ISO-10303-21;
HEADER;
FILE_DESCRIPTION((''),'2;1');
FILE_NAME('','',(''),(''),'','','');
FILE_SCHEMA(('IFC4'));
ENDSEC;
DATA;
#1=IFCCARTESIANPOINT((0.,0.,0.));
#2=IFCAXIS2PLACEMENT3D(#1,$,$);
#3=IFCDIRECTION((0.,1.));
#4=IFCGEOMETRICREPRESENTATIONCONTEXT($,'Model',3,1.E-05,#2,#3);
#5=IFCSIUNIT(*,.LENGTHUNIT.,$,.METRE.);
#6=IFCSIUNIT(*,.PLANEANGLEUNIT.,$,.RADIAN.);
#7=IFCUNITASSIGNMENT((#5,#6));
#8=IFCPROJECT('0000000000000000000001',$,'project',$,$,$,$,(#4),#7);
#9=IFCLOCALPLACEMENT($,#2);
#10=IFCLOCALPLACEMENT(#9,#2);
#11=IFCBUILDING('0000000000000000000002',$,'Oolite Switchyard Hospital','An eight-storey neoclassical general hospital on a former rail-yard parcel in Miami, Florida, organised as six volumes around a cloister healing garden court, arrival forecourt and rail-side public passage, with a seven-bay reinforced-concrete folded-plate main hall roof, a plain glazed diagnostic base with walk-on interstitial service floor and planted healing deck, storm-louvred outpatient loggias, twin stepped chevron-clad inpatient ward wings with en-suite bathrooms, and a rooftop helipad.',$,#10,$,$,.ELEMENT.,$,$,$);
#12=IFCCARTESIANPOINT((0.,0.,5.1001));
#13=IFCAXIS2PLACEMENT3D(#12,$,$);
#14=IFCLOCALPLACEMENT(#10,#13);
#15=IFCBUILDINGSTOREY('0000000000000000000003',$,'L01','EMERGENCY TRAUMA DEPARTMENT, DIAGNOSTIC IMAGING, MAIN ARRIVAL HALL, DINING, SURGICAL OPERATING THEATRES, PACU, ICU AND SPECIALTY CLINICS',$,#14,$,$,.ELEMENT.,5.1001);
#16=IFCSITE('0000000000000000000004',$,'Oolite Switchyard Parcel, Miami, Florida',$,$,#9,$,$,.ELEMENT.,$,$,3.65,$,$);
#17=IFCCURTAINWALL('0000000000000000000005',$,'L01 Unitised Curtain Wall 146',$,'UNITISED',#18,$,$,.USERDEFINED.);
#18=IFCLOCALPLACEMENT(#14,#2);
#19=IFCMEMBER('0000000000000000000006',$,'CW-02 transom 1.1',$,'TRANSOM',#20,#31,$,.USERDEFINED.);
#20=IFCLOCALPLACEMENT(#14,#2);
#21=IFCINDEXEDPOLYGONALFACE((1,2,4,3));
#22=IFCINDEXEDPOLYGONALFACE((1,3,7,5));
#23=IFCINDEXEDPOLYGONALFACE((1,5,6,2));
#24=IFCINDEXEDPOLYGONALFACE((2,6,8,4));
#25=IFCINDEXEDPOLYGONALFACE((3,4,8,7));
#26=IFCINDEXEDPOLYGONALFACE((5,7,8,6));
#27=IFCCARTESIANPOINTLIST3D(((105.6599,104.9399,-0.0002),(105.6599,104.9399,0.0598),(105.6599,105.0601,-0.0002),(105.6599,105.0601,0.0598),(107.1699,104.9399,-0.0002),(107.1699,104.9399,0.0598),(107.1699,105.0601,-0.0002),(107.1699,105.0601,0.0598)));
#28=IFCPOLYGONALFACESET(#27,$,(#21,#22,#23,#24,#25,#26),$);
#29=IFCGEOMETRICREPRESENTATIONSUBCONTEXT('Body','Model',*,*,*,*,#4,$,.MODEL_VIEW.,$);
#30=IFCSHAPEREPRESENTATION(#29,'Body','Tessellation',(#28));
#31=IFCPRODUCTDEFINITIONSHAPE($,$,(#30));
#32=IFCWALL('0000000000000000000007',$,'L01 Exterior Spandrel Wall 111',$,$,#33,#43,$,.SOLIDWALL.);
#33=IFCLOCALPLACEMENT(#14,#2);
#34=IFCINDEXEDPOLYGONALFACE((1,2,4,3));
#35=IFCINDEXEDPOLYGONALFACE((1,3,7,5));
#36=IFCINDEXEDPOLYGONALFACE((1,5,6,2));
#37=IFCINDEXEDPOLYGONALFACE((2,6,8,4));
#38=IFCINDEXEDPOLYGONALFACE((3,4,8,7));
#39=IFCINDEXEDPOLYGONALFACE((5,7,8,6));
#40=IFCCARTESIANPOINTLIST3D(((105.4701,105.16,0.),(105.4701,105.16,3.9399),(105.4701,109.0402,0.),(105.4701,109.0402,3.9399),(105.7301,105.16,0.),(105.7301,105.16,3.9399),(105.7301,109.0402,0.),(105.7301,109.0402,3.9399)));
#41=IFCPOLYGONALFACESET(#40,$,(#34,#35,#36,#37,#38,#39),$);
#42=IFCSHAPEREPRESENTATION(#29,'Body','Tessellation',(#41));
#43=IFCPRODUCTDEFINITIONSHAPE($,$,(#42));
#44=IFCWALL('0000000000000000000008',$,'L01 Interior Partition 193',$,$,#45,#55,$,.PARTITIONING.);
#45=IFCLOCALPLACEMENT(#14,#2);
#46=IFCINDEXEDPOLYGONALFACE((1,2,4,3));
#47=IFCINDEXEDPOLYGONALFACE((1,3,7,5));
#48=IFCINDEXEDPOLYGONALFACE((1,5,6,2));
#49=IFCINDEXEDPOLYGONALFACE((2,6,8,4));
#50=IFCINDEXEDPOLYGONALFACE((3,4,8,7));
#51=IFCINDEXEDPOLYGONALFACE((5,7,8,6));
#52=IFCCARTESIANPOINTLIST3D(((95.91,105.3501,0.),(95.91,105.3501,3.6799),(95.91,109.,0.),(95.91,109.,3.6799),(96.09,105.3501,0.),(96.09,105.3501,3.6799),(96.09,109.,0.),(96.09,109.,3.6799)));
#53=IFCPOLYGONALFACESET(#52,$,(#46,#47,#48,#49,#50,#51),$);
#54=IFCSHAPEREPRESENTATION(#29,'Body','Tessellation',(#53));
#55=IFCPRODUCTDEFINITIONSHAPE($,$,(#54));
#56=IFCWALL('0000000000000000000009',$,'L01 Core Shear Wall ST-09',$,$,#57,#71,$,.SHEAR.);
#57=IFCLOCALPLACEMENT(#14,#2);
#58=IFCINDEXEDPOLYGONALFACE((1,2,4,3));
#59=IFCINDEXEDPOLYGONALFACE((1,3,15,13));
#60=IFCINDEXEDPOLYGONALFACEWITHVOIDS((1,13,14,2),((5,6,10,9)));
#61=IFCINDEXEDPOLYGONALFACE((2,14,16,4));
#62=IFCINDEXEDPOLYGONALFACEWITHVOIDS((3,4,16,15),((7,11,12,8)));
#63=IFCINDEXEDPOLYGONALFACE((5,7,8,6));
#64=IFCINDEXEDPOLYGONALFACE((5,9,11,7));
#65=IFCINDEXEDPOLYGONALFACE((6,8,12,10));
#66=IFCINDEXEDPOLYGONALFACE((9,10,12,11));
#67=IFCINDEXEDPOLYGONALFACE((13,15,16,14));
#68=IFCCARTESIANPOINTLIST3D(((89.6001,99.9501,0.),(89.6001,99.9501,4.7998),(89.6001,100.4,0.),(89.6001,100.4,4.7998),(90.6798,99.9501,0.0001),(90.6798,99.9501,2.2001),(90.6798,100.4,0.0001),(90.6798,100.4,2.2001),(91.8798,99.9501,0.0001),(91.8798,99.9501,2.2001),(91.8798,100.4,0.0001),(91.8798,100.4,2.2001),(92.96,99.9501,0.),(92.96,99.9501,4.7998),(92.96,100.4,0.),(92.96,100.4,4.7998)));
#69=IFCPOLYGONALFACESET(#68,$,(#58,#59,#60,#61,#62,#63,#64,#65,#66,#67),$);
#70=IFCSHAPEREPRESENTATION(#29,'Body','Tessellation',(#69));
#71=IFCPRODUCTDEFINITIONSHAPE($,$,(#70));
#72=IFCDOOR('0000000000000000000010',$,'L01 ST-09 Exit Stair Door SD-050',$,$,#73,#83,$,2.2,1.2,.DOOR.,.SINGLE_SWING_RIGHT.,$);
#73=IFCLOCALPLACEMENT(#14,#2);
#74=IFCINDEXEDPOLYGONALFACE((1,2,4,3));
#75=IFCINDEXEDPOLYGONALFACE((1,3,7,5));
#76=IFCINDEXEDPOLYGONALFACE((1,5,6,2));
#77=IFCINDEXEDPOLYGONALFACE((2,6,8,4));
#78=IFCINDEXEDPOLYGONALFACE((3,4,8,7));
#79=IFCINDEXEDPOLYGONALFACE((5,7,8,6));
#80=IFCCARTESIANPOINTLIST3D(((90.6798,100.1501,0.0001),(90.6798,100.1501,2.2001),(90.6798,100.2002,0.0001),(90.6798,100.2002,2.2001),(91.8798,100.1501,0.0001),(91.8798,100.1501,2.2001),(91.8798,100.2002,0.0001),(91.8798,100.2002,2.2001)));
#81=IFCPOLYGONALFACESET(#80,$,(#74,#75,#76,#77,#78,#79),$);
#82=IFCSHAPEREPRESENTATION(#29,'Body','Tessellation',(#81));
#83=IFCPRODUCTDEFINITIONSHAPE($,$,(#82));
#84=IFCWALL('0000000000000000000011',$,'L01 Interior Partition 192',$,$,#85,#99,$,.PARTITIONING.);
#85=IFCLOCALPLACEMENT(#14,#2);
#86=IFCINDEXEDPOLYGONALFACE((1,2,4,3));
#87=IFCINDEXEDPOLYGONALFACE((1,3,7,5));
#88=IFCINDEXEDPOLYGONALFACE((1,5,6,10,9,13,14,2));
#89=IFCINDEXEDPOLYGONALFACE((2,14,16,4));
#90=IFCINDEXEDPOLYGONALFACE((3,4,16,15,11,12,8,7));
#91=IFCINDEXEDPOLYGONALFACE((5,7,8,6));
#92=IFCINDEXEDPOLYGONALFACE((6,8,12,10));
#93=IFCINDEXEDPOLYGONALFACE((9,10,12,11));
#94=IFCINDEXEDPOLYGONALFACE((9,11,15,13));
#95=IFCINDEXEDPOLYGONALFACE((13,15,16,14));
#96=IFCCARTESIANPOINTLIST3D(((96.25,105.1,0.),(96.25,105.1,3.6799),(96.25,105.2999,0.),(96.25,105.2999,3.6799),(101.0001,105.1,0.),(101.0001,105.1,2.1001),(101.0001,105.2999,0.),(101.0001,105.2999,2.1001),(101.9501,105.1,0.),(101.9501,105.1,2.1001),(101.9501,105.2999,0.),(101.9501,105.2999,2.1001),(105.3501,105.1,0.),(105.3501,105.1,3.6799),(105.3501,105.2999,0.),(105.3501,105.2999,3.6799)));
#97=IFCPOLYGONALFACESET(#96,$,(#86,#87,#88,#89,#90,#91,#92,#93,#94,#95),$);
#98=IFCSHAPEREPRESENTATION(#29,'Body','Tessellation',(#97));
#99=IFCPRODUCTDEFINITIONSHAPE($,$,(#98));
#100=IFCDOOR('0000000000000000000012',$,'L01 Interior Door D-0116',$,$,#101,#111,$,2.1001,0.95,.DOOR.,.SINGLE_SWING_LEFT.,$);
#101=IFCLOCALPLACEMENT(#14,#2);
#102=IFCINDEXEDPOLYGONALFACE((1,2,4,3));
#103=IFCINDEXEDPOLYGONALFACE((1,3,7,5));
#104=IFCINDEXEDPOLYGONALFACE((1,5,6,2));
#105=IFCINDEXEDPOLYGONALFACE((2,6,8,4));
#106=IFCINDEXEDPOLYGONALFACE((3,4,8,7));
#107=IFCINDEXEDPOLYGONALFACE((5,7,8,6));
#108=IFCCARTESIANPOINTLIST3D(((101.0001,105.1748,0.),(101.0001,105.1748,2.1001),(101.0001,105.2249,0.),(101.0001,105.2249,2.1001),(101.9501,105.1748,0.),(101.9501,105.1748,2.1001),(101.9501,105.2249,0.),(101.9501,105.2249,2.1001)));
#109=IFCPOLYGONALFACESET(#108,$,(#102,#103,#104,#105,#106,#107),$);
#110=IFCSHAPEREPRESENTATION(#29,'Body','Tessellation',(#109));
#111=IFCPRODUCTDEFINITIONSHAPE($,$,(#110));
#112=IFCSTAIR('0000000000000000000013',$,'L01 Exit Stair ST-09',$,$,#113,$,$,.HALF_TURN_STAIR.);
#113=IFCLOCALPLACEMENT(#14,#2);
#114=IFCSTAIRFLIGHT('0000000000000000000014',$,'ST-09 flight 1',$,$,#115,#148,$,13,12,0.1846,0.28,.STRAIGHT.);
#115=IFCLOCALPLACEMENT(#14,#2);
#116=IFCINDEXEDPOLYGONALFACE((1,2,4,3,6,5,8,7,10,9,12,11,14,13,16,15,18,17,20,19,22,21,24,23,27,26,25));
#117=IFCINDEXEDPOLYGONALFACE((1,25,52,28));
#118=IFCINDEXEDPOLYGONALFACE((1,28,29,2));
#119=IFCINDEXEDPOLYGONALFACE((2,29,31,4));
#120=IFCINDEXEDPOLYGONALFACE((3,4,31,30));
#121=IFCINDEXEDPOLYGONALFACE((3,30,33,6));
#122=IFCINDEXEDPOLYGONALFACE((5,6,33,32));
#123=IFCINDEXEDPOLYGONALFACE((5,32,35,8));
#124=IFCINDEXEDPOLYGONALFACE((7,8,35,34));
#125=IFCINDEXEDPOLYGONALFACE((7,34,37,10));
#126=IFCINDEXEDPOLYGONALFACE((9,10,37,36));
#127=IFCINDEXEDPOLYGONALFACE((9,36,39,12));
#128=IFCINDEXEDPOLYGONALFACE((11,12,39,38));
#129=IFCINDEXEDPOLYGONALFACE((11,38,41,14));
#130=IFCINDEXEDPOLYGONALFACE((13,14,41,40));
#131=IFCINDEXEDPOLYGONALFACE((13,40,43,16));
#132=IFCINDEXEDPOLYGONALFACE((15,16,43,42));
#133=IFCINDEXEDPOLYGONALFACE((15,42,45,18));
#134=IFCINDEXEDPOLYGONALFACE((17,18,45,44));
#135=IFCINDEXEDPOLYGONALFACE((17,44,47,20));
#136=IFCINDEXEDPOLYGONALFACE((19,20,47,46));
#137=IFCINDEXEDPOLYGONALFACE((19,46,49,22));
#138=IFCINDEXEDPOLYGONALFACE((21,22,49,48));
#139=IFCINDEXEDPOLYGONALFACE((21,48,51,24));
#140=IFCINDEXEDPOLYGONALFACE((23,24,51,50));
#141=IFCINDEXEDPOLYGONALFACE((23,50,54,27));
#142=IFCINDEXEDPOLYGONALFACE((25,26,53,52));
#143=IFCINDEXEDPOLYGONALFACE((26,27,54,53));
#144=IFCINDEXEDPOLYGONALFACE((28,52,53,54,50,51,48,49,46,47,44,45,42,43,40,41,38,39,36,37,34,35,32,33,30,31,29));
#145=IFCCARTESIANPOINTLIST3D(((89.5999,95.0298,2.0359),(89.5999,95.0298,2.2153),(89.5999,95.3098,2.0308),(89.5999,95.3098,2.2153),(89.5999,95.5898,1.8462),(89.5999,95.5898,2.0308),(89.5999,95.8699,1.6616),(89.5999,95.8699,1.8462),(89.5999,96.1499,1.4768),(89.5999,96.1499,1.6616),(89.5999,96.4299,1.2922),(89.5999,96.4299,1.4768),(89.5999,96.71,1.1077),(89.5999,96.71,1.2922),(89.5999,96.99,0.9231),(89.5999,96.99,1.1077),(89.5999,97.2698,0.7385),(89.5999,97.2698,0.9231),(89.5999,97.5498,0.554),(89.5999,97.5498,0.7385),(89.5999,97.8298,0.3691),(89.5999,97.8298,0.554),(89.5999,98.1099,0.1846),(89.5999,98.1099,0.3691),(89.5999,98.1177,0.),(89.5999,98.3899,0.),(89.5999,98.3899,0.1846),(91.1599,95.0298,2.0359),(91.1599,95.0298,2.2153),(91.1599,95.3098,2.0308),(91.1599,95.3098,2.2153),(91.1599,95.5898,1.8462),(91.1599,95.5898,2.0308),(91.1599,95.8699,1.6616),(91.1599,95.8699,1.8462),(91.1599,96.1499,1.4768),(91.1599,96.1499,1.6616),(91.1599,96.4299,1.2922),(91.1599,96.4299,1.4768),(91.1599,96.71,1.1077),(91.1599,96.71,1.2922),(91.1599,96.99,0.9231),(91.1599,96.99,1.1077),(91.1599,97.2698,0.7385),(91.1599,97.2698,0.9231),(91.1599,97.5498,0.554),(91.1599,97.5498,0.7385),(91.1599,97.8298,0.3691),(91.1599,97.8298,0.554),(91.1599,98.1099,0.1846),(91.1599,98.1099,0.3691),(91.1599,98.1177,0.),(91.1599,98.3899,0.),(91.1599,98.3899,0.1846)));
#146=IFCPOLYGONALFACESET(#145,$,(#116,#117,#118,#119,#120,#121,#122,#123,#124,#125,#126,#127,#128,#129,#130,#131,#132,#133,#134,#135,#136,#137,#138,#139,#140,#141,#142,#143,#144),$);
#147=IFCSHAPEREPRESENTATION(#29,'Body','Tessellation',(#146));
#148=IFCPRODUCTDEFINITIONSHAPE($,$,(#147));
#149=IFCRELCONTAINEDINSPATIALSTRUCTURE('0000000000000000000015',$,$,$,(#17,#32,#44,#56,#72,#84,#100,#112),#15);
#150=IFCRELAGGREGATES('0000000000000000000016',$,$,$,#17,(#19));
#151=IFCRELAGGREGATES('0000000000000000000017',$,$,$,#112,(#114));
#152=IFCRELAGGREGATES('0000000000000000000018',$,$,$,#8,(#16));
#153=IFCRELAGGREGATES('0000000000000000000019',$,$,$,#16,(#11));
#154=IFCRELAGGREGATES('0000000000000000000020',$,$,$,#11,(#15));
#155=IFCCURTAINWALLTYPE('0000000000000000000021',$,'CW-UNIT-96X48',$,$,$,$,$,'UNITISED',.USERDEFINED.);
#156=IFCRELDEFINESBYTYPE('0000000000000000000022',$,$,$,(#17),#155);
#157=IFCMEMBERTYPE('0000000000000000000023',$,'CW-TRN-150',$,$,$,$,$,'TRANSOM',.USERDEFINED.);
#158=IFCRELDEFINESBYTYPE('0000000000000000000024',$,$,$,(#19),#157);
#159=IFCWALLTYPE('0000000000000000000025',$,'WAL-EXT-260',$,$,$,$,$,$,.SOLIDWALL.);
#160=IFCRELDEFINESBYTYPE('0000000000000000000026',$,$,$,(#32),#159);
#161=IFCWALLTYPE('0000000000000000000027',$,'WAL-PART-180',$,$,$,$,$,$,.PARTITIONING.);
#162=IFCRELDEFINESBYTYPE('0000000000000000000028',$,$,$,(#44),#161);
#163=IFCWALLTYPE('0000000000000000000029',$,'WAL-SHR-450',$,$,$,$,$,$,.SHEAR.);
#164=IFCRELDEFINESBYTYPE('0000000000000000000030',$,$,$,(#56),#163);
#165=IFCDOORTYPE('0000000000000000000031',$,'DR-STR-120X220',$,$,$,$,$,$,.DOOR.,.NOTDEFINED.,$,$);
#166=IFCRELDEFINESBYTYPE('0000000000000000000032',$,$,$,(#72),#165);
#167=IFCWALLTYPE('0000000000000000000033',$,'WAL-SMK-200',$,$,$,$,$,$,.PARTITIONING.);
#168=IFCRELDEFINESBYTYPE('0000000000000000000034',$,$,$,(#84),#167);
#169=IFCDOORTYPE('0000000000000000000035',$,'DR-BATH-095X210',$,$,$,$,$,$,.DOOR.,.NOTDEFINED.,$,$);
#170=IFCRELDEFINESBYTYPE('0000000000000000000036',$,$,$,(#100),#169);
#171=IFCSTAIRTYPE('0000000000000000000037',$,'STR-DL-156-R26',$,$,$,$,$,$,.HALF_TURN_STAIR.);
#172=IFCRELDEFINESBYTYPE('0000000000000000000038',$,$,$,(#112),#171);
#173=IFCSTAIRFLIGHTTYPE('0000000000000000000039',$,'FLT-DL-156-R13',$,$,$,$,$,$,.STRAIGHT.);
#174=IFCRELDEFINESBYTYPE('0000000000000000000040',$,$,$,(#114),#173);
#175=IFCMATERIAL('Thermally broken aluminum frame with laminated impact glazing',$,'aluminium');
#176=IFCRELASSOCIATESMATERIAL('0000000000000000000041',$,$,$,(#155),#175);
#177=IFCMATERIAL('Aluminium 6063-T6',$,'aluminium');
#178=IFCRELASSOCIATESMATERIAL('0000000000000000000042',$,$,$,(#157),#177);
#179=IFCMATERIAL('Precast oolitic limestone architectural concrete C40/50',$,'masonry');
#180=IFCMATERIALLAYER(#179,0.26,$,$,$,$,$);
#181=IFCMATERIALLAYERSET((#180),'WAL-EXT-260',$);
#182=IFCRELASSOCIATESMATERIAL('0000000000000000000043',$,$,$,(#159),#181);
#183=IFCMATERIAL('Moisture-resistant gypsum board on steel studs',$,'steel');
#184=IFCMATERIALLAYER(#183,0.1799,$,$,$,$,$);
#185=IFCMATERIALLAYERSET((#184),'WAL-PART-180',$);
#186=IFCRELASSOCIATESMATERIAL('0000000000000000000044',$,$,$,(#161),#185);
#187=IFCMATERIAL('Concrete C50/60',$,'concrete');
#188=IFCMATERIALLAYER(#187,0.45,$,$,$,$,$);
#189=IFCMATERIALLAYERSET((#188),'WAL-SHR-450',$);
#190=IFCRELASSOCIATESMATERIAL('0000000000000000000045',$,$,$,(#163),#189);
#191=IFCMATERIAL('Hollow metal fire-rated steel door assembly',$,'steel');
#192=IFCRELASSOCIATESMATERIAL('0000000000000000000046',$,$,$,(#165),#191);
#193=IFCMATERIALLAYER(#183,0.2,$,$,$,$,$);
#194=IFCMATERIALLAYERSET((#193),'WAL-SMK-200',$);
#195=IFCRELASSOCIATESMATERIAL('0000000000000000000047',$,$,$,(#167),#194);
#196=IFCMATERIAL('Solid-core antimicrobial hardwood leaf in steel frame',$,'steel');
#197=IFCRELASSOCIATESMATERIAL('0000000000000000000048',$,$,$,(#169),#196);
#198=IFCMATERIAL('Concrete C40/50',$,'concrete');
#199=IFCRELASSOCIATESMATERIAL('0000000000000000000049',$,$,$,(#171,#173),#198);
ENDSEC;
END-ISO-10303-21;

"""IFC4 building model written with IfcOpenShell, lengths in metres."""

from ifc_helpers import new_model, si_unit, direction, frame, frame_2d, origin, origin_2d, place, context, subcontext, project, spatial, polyline, rectangle, outline, extrude, material, layer, layer_set, material_profile, profile_set, type_object, element, fill, aggregate, save


model = new_model("IFC4")

# Units and contexts
model_context = context("Model", 3, precision=1e-05, world=origin(), true_north=direction((0.0, 1.0)))
body_context = subcontext(model_context, "Body", "Model", "MODEL_VIEW")
ifc_project = project(units=[si_unit("LENGTHUNIT", "METRE"), si_unit("PLANEANGLEUNIT", "RADIAN")], contexts=[model_context])

# Site, building, storey
site_placement = place(None, origin())
site = spatial("IfcSite", under=ifc_project, at=site_placement, Name="Oolite Switchyard Parcel, Miami, Florida", CompositionType="ELEMENT", RefElevation=3.65)
building_placement = place(site_placement, origin())
building = spatial("IfcBuilding", under=site, at=building_placement, Name="Oolite Switchyard Hospital", Description="An eight-storey neoclassical general hospital on a former rail-yard parcel in Miami, Florida, organised as six volumes around a cloister healing garden court, arrival forecourt and rail-side public passage, with a seven-bay reinforced-concrete folded-plate main hall roof, a plain glazed diagnostic base with walk-on interstitial service floor and planted healing deck, storm-louvred outpatient loggias, twin stepped chevron-clad inpatient ward wings with en-suite bathrooms, and a rooftop helipad.", CompositionType="ELEMENT")
storey_placement = place(building_placement, frame((0.0, 0.0, 5.1001)))
storey = spatial("IfcBuildingStorey", under=building, at=storey_placement, Name="L01", Description="EMERGENCY TRAUMA DEPARTMENT, DIAGNOSTIC IMAGING, MAIN ARRIVAL HALL, DINING, SURGICAL OPERATING THEATRES, PACU, ICU AND SPECIALTY CLINICS", CompositionType="ELEMENT", Elevation=5.1001)

# Shared definitions
ifc_material_1 = material(Name="Concrete C50/60", Category="concrete")

# Shared definitions
ifc_material_2 = material(Name="Concrete C40/50", Category="concrete")

# Curtain wall, member
ifc_material_3 = material(Name="Thermally broken aluminum frame with laminated impact glazing", Category="aluminium")
curtain_wall_type = type_object("IfcCurtainWallType", Name="CW-UNIT-96X48", ElementType="UNITISED", PredefinedType="USERDEFINED", material=ifc_material_3)
curtain_wall_placement = place(storey_placement, origin())
curtain_wall = element("IfcCurtainWall", 1, at=curtain_wall_placement, inside=storey, type_object=curtain_wall_type, Name="L01 Unitised Curtain Wall 146", ObjectType="UNITISED", PredefinedType="USERDEFINED")
ifc_material_4 = material(Name="Aluminium 6063-T6", Category="aluminium")
ifc_material_profile_1 = material_profile(ifc_material_4, rectangle(XDim=0.1201, YDim=0.0601, at=origin_2d()), Name="CWT60X120")
ifc_profile_set_1 = profile_set([ifc_material_profile_1], Name="Aluminium 6063-T6")
member_type_1 = type_object("IfcMemberType", Name="CW-TRN-150", ElementType="TRANSOM", PredefinedType="USERDEFINED", material=ifc_profile_set_1)
member_1_placement = place(storey_placement, frame((105.6599, 105.0, 0.0298), z_axis=(1.0, 0.0, 0.0), x_axis=(0.0, 1.0, 0.0)))
member_1 = element("IfcMember", 2, at=member_1_placement, type_object=member_type_1, Name="CW-02 transom 1.1", ObjectType="TRANSOM", PredefinedType="USERDEFINED", context=body_context, shape_type="SweptSolid", body=[
    extrude(rectangle(XDim=0.1201, YDim=0.0601, at=origin_2d()), origin(), (0.0, 0.0, 1.0), 1.51),
])
aggregate(curtain_wall, [member_1])

# Walls
ifc_material_5 = material(Name="Precast oolitic limestone architectural concrete C40/50", Category="masonry")
ifc_layer_1 = layer(ifc_material_5, 0.26)
ifc_layer_set_1 = layer_set([ifc_layer_1], Name="WAL-EXT-260")
wall_type_1 = type_object("IfcWallType", Name="WAL-EXT-260", PredefinedType="SOLIDWALL", material=ifc_layer_set_1)
wall_1_placement = place(storey_placement, frame((105.6001, 109.04, 0.0), z_axis=(0.0, 0.0, 1.0), x_axis=(0.0, -1.0, 0.0)))
element("IfcWall", 3, at=wall_1_placement, inside=storey, type_object=wall_type_1, Name="L01 Exterior Spandrel Wall 111", PredefinedType="SOLIDWALL", context=body_context, shape_type="SweptSolid", body=[
    extrude(rectangle(XDim=3.8801, YDim=0.26, at=frame_2d((1.9399, 0.0))), origin(), (0.0, 0.0, 1.0), 3.9399),
])
ifc_material_6 = material(Name="Moisture-resistant gypsum board on steel studs", Category="steel")
ifc_layer_2 = layer(ifc_material_6, 0.1799)
ifc_layer_set_2 = layer_set([ifc_layer_2], Name="WAL-PART-180")
wall_type_2 = type_object("IfcWallType", Name="WAL-PART-180", PredefinedType="PARTITIONING", material=ifc_layer_set_2)
wall_2_placement = place(storey_placement, frame((96.0, 105.3501, 0.0), z_axis=(0.0, 0.0, 1.0), x_axis=(0.0, 1.0, 0.0)))
element("IfcWall", 4, at=wall_2_placement, inside=storey, type_object=wall_type_2, Name="L01 Interior Partition 193", PredefinedType="PARTITIONING", context=body_context, shape_type="SweptSolid", body=[
    extrude(rectangle(XDim=3.6499, YDim=0.1799, at=frame_2d((1.825, 0.0))), origin(), (0.0, 0.0, 1.0), 3.6799),
])

# Walls, openings, doors
ifc_layer_3 = layer(ifc_material_1, 0.45)
ifc_layer_set_3 = layer_set([ifc_layer_3], Name="WAL-SHR-450")
wall_type_3 = type_object("IfcWallType", Name="WAL-SHR-450", PredefinedType="SHEAR", material=ifc_layer_set_3)
wall_3_placement = place(storey_placement, frame((92.96, 100.175, 0.0), z_axis=(0.0, 0.0, 1.0), x_axis=(-1.0, 0.0, 0.0)))
wall_3 = element("IfcWall", 5, at=wall_3_placement, inside=storey, type_object=wall_type_3, Name="L01 Core Shear Wall ST-09", PredefinedType="SHEAR", context=body_context, shape_type="SweptSolid", body=[
    extrude(rectangle(XDim=3.3599, YDim=0.45, at=frame_2d((1.6799, 0.0))), origin(), (0.0, 0.0, 1.0), 4.7998),
])
opening_1_placement = place(wall_3_placement, frame((1.0801, 0.0, 0.0)))
opening_1 = element("IfcOpeningElement", 6, at=opening_1_placement, cuts=wall_3, PredefinedType="OPENING", context=body_context, shape_type="SweptSolid", body=[
    extrude(rectangle(XDim=1.2, YDim=2.2, at=frame_2d((0.6001, 1.1001))), frame((0.0, 0.2349, 0.0), z_axis=(0.0, -1.0, 0.0), x_axis=(1.0, 0.0, 0.0)), (0.0, 0.0, 1.0), 0.47),
])
ifc_material_7 = material(Name="Hollow metal fire-rated steel door assembly", Category="steel")
door_type_1 = type_object("IfcDoorType", Name="DR-STR-120X220", OperationType="NOTDEFINED", PredefinedType="DOOR", material=ifc_material_7)
door_1_placement = place(opening_1_placement, origin())
door_1 = element("IfcDoor", 7, at=door_1_placement, inside=storey, type_object=door_type_1, Name="L01 ST-09 Exit Stair Door SD-050", OperationType="SINGLE_SWING_RIGHT", OverallHeight=2.2, OverallWidth=1.2, PredefinedType="DOOR", context=body_context, shape_type="SweptSolid", body=[
    extrude(rectangle(XDim=1.2, YDim=2.2, at=frame_2d((0.6001, 1.1001))), frame((0.0, 0.0249, 0.0), z_axis=(0.0, -1.0, 0.0), x_axis=(1.0, 0.0, 0.0)), (0.0, 0.0, 1.0), 0.05),
])
fill(opening_1, door_1)
ifc_layer_4 = layer(ifc_material_6, 0.2)
ifc_layer_set_4 = layer_set([ifc_layer_4], Name="WAL-SMK-200")
wall_type_4 = type_object("IfcWallType", Name="WAL-SMK-200", PredefinedType="PARTITIONING", material=ifc_layer_set_4)
wall_4_placement = place(storey_placement, frame((96.25, 105.2, 0.0), z_axis=(0.0, 0.0, 1.0), x_axis=(1.0, 0.0, 0.0)))
wall_4 = element("IfcWall", 8, at=wall_4_placement, inside=storey, type_object=wall_type_4, Name="L01 Interior Partition 192", PredefinedType="PARTITIONING", context=body_context, shape_type="SweptSolid", body=[
    extrude(rectangle(XDim=9.1001, YDim=0.2, at=frame_2d((4.55, 0.0))), origin(), (0.0, 0.0, 1.0), 3.6799),
])
opening_2_placement = place(wall_4_placement, frame((4.75, 0.0, 0.0)))
opening_2 = element("IfcOpeningElement", 9, at=opening_2_placement, cuts=wall_4, PredefinedType="OPENING", context=body_context, shape_type="SweptSolid", body=[
    extrude(rectangle(XDim=0.95, YDim=2.1001, at=frame_2d((0.4751, 1.05))), frame((0.0, 0.1099, 0.0), z_axis=(0.0, -1.0, 0.0), x_axis=(1.0, 0.0, 0.0)), (0.0, 0.0, 1.0), 0.22),
])
ifc_material_8 = material(Name="Solid-core antimicrobial hardwood leaf in steel frame", Category="steel")
door_type_2 = type_object("IfcDoorType", Name="DR-BATH-095X210", OperationType="NOTDEFINED", PredefinedType="DOOR", material=ifc_material_8)
door_2_placement = place(opening_2_placement, origin())
door_2 = element("IfcDoor", 10, at=door_2_placement, inside=storey, type_object=door_type_2, Name="L01 Interior Door D-0116", OperationType="SINGLE_SWING_LEFT", OverallHeight=2.1001, OverallWidth=0.95, PredefinedType="DOOR", context=body_context, shape_type="SweptSolid", body=[
    extrude(rectangle(XDim=0.95, YDim=2.1001, at=frame_2d((0.4751, 1.05))), frame((0.0, 0.0249, 0.0), z_axis=(0.0, -1.0, 0.0), x_axis=(1.0, 0.0, 0.0)), (0.0, 0.0, 1.0), 0.05),
])
fill(opening_2, door_2)

# Stair, stair flight
stair_type = type_object("IfcStairType", Name="STR-DL-156-R26", PredefinedType="HALF_TURN_STAIR", material=ifc_material_2)
stair_placement = place(storey_placement, origin())
stair = element("IfcStair", 11, at=stair_placement, inside=storey, type_object=stair_type, Name="L01 Exit Stair ST-09", PredefinedType="HALF_TURN_STAIR")
stair_flight_type = type_object("IfcStairFlightType", Name="FLT-DL-156-R13", PredefinedType="STRAIGHT", material=ifc_material_2)
stair_flight_1_placement = place(storey_placement, frame((90.3799, 98.3899, 0.0), z_axis=(0.0, 0.0, 1.0), x_axis=(0.0, -1.0, 0.0)))
stair_flight_1 = element("IfcStairFlight", 12, at=stair_flight_1_placement, type_object=stair_flight_type, Name="ST-09 flight 1", NumberOfRisers=13, NumberOfTreads=12, PredefinedType="STRAIGHT", RiserHeight=0.1846, TreadLength=0.28, context=body_context, shape_type="SweptSolid", body=[
    extrude(outline(polyline([(0.0, 0.0), (0.0, 0.1846), (0.28, 0.1846), (0.28, 0.3691), (0.5601, 0.3691), (0.5601, 0.554), (0.8401, 0.554), (0.8401, 0.7385), (1.1201, 0.7385), (1.1201, 0.9231), (1.3999, 0.9231), (1.3999, 1.1077), (1.6799, 1.1077), (1.6799, 1.2922), (1.96, 1.2922), (1.96, 1.4768), (2.24, 1.4768), (2.24, 1.6616), (2.52, 1.6616), (2.52, 1.8462), (2.8, 1.8462), (2.8, 2.0308), (3.0801, 2.0308), (3.0801, 2.2153), (3.3601, 2.2153), (3.3601, 2.3999), (3.3601, 2.0359), (0.2722, 0.0), (0.0, 0.0)])), frame((0.0, 0.78, 0.0), z_axis=(0.0, -1.0, 0.0), x_axis=(1.0, 0.0, 0.0)), (0.0, 0.0, 1.0), 1.5601),
])
aggregate(stair, [stair_flight_1])

save(model, "model.ifc")
